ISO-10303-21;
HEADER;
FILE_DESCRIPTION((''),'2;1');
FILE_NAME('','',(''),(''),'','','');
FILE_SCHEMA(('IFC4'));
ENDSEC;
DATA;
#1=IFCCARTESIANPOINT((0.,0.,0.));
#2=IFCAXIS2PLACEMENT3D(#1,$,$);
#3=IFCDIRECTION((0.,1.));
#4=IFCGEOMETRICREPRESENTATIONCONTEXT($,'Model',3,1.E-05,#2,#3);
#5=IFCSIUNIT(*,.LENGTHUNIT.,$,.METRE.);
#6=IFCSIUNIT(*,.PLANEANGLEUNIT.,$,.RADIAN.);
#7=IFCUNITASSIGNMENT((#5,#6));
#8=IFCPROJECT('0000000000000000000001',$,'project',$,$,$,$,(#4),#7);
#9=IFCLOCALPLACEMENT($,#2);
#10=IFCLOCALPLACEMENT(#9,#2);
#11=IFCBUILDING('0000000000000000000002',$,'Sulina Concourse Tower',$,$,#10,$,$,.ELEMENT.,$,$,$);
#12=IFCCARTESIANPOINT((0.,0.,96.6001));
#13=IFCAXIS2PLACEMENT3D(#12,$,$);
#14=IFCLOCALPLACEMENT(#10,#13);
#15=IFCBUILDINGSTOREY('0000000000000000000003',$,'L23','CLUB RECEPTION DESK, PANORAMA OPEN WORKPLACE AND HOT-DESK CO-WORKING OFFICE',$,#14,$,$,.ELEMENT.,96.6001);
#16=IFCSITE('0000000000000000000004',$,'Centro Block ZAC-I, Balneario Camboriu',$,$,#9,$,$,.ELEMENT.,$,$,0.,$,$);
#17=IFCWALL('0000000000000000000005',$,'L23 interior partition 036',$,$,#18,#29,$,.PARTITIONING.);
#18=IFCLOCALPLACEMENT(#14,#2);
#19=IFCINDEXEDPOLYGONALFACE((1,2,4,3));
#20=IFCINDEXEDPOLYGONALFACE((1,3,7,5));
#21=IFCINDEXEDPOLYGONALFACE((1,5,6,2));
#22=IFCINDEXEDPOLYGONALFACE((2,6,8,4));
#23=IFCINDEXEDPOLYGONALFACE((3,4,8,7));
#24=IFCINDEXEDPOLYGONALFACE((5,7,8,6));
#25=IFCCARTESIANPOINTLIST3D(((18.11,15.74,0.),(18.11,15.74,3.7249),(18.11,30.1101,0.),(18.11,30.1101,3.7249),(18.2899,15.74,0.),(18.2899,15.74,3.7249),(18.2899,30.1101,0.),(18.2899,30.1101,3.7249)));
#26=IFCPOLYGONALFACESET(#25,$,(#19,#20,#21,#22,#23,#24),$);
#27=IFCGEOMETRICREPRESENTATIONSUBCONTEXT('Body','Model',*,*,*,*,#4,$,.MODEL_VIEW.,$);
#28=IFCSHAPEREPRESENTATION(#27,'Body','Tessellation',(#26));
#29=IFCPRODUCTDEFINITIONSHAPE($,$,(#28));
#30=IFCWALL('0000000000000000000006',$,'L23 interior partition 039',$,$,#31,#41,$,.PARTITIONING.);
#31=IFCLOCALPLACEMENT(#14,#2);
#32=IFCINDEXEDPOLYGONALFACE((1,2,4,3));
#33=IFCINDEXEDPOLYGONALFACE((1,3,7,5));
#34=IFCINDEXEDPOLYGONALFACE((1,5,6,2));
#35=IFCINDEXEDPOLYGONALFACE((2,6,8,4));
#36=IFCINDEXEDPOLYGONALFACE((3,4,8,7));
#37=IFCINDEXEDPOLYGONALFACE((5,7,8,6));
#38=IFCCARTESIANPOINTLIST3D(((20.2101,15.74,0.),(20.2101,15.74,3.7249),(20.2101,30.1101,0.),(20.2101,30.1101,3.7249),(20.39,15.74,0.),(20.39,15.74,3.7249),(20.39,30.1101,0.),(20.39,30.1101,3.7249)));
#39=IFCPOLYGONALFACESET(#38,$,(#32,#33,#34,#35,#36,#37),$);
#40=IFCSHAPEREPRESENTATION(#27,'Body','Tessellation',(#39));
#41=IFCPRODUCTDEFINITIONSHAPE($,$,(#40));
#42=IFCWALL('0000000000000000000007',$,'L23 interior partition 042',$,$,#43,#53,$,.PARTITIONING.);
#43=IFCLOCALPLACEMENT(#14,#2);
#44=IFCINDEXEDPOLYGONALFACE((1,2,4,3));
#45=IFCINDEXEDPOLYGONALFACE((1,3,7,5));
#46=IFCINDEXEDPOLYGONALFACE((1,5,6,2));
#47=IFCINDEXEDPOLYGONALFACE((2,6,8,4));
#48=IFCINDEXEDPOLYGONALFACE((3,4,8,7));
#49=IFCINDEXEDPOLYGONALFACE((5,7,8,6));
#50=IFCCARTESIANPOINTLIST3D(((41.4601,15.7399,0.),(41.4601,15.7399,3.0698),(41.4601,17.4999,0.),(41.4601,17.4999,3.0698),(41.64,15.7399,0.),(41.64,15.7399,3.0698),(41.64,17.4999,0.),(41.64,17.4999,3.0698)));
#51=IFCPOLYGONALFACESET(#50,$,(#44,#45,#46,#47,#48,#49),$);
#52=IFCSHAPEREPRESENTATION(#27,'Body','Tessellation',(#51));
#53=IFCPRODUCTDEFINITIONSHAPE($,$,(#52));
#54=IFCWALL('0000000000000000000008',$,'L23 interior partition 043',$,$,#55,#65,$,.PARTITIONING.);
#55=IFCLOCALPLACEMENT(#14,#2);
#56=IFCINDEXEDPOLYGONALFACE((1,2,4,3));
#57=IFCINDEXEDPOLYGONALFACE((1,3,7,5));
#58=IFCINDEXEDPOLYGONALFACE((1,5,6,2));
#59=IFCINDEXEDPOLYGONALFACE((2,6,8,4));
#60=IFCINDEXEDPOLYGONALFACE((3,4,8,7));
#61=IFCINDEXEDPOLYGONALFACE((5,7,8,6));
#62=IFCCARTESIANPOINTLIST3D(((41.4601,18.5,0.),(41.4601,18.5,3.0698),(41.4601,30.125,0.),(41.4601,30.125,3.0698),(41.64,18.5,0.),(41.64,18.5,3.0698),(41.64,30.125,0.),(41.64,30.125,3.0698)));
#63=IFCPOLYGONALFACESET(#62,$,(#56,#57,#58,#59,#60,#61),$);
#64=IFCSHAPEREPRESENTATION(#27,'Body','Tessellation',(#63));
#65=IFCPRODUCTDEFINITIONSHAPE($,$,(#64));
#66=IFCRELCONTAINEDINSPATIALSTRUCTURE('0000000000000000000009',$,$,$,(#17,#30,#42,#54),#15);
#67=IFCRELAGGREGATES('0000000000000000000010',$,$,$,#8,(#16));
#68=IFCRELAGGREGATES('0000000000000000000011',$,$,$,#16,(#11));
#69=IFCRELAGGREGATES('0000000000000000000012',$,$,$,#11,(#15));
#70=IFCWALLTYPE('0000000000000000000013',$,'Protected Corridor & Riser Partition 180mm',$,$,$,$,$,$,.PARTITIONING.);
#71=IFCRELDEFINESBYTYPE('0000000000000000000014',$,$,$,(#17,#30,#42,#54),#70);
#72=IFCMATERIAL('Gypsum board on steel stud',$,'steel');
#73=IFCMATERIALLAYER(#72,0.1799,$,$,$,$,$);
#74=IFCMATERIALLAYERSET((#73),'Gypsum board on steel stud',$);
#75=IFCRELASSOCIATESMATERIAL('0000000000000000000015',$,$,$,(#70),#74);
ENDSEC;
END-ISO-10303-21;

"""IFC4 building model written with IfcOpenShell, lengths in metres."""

from ifc_helpers import new_model, si_unit, direction, frame, frame_2d, origin, place, context, subcontext, project, spatial, rectangle, extrude, material, layer, layer_set, type_object, element, save


model = new_model("IFC4")

# Units and contexts
model_context = context("Model", 3, precision=1e-05, world=origin(), true_north=direction((0.0, 1.0)))
body_context = subcontext(model_context, "Body", "Model", "MODEL_VIEW")
ifc_project = project(units=[si_unit("LENGTHUNIT", "METRE"), si_unit("PLANEANGLEUNIT", "RADIAN")], contexts=[model_context])

# Site, building, storey
site_placement = place(None, origin())
site = spatial("IfcSite", under=ifc_project, at=site_placement, Name="Centro Block ZAC-I, Balneario Camboriu", CompositionType="ELEMENT", RefElevation=0.0)
building_placement = place(site_placement, origin())
building = spatial("IfcBuilding", under=site, at=building_placement, Name="Sulina Concourse Tower", CompositionType="ELEMENT")
storey_placement = place(building_placement, frame((0.0, 0.0, 96.6001)))
storey = spatial("IfcBuildingStorey", under=building, at=storey_placement, Name="L23", Description="CLUB RECEPTION DESK, PANORAMA OPEN WORKPLACE AND HOT-DESK CO-WORKING OFFICE", CompositionType="ELEMENT", Elevation=96.6001)

# Shared definitions
ifc_material_1 = material(Name="Gypsum board on steel stud", Category="steel")
ifc_layer_1 = layer(ifc_material_1, 0.1799)
ifc_layer_set_1 = layer_set([ifc_layer_1], Name="Gypsum board on steel stud")
wall_type = type_object("IfcWallType", Name="Protected Corridor & Riser Partition 180mm", PredefinedType="PARTITIONING", material=ifc_layer_set_1)

# Walls
for number, where, z_axis, x_axis, name in (
    (1, (18.2, 15.74, 0.0), (0.0, 0.0, 1.0), (0.0, 1.0, 0.0), "L23 interior partition 036"),
    (2, (20.3, 15.74, 0.0), (0.0, 0.0, 1.0), (0.0, 1.0, 0.0), "L23 interior partition 039"),
):
    element("IfcWall", number, at=place(storey_placement, frame(where, z_axis=z_axis, x_axis=x_axis)), inside=storey, type_object=wall_type, Name=name, PredefinedType="PARTITIONING", context=body_context, shape_type="SweptSolid", body=[
        extrude(rectangle(XDim=14.3701, YDim=0.1799, at=frame_2d((7.1851, 0.0))), origin(), (0.0, 0.0, 1.0), 3.7249),
    ])
wall_1_placement = place(storey_placement, frame((41.55, 15.74, 0.0), z_axis=(0.0, 0.0, 1.0), x_axis=(0.0, 1.0, 0.0)))
element("IfcWall", 3, at=wall_1_placement, inside=storey, type_object=wall_type, Name="L23 interior partition 042", PredefinedType="PARTITIONING", context=body_context, shape_type="SweptSolid", body=[
    extrude(rectangle(XDim=1.76, YDim=0.1799, at=frame_2d((0.8799, 0.0))), origin(), (0.0, 0.0, 1.0), 3.0698),
])
wall_2_placement = place(storey_placement, frame((41.55, 18.5, 0.0), z_axis=(0.0, 0.0, 1.0), x_axis=(0.0, 1.0, 0.0)))
element("IfcWall", 4, at=wall_2_placement, inside=storey, type_object=wall_type, Name="L23 interior partition 043", PredefinedType="PARTITIONING", context=body_context, shape_type="SweptSolid", body=[
    extrude(rectangle(XDim=11.625, YDim=0.1799, at=frame_2d((5.8125, 0.0))), origin(), (0.0, 0.0, 1.0), 3.0698),
])

save(model, "model.ifc")
